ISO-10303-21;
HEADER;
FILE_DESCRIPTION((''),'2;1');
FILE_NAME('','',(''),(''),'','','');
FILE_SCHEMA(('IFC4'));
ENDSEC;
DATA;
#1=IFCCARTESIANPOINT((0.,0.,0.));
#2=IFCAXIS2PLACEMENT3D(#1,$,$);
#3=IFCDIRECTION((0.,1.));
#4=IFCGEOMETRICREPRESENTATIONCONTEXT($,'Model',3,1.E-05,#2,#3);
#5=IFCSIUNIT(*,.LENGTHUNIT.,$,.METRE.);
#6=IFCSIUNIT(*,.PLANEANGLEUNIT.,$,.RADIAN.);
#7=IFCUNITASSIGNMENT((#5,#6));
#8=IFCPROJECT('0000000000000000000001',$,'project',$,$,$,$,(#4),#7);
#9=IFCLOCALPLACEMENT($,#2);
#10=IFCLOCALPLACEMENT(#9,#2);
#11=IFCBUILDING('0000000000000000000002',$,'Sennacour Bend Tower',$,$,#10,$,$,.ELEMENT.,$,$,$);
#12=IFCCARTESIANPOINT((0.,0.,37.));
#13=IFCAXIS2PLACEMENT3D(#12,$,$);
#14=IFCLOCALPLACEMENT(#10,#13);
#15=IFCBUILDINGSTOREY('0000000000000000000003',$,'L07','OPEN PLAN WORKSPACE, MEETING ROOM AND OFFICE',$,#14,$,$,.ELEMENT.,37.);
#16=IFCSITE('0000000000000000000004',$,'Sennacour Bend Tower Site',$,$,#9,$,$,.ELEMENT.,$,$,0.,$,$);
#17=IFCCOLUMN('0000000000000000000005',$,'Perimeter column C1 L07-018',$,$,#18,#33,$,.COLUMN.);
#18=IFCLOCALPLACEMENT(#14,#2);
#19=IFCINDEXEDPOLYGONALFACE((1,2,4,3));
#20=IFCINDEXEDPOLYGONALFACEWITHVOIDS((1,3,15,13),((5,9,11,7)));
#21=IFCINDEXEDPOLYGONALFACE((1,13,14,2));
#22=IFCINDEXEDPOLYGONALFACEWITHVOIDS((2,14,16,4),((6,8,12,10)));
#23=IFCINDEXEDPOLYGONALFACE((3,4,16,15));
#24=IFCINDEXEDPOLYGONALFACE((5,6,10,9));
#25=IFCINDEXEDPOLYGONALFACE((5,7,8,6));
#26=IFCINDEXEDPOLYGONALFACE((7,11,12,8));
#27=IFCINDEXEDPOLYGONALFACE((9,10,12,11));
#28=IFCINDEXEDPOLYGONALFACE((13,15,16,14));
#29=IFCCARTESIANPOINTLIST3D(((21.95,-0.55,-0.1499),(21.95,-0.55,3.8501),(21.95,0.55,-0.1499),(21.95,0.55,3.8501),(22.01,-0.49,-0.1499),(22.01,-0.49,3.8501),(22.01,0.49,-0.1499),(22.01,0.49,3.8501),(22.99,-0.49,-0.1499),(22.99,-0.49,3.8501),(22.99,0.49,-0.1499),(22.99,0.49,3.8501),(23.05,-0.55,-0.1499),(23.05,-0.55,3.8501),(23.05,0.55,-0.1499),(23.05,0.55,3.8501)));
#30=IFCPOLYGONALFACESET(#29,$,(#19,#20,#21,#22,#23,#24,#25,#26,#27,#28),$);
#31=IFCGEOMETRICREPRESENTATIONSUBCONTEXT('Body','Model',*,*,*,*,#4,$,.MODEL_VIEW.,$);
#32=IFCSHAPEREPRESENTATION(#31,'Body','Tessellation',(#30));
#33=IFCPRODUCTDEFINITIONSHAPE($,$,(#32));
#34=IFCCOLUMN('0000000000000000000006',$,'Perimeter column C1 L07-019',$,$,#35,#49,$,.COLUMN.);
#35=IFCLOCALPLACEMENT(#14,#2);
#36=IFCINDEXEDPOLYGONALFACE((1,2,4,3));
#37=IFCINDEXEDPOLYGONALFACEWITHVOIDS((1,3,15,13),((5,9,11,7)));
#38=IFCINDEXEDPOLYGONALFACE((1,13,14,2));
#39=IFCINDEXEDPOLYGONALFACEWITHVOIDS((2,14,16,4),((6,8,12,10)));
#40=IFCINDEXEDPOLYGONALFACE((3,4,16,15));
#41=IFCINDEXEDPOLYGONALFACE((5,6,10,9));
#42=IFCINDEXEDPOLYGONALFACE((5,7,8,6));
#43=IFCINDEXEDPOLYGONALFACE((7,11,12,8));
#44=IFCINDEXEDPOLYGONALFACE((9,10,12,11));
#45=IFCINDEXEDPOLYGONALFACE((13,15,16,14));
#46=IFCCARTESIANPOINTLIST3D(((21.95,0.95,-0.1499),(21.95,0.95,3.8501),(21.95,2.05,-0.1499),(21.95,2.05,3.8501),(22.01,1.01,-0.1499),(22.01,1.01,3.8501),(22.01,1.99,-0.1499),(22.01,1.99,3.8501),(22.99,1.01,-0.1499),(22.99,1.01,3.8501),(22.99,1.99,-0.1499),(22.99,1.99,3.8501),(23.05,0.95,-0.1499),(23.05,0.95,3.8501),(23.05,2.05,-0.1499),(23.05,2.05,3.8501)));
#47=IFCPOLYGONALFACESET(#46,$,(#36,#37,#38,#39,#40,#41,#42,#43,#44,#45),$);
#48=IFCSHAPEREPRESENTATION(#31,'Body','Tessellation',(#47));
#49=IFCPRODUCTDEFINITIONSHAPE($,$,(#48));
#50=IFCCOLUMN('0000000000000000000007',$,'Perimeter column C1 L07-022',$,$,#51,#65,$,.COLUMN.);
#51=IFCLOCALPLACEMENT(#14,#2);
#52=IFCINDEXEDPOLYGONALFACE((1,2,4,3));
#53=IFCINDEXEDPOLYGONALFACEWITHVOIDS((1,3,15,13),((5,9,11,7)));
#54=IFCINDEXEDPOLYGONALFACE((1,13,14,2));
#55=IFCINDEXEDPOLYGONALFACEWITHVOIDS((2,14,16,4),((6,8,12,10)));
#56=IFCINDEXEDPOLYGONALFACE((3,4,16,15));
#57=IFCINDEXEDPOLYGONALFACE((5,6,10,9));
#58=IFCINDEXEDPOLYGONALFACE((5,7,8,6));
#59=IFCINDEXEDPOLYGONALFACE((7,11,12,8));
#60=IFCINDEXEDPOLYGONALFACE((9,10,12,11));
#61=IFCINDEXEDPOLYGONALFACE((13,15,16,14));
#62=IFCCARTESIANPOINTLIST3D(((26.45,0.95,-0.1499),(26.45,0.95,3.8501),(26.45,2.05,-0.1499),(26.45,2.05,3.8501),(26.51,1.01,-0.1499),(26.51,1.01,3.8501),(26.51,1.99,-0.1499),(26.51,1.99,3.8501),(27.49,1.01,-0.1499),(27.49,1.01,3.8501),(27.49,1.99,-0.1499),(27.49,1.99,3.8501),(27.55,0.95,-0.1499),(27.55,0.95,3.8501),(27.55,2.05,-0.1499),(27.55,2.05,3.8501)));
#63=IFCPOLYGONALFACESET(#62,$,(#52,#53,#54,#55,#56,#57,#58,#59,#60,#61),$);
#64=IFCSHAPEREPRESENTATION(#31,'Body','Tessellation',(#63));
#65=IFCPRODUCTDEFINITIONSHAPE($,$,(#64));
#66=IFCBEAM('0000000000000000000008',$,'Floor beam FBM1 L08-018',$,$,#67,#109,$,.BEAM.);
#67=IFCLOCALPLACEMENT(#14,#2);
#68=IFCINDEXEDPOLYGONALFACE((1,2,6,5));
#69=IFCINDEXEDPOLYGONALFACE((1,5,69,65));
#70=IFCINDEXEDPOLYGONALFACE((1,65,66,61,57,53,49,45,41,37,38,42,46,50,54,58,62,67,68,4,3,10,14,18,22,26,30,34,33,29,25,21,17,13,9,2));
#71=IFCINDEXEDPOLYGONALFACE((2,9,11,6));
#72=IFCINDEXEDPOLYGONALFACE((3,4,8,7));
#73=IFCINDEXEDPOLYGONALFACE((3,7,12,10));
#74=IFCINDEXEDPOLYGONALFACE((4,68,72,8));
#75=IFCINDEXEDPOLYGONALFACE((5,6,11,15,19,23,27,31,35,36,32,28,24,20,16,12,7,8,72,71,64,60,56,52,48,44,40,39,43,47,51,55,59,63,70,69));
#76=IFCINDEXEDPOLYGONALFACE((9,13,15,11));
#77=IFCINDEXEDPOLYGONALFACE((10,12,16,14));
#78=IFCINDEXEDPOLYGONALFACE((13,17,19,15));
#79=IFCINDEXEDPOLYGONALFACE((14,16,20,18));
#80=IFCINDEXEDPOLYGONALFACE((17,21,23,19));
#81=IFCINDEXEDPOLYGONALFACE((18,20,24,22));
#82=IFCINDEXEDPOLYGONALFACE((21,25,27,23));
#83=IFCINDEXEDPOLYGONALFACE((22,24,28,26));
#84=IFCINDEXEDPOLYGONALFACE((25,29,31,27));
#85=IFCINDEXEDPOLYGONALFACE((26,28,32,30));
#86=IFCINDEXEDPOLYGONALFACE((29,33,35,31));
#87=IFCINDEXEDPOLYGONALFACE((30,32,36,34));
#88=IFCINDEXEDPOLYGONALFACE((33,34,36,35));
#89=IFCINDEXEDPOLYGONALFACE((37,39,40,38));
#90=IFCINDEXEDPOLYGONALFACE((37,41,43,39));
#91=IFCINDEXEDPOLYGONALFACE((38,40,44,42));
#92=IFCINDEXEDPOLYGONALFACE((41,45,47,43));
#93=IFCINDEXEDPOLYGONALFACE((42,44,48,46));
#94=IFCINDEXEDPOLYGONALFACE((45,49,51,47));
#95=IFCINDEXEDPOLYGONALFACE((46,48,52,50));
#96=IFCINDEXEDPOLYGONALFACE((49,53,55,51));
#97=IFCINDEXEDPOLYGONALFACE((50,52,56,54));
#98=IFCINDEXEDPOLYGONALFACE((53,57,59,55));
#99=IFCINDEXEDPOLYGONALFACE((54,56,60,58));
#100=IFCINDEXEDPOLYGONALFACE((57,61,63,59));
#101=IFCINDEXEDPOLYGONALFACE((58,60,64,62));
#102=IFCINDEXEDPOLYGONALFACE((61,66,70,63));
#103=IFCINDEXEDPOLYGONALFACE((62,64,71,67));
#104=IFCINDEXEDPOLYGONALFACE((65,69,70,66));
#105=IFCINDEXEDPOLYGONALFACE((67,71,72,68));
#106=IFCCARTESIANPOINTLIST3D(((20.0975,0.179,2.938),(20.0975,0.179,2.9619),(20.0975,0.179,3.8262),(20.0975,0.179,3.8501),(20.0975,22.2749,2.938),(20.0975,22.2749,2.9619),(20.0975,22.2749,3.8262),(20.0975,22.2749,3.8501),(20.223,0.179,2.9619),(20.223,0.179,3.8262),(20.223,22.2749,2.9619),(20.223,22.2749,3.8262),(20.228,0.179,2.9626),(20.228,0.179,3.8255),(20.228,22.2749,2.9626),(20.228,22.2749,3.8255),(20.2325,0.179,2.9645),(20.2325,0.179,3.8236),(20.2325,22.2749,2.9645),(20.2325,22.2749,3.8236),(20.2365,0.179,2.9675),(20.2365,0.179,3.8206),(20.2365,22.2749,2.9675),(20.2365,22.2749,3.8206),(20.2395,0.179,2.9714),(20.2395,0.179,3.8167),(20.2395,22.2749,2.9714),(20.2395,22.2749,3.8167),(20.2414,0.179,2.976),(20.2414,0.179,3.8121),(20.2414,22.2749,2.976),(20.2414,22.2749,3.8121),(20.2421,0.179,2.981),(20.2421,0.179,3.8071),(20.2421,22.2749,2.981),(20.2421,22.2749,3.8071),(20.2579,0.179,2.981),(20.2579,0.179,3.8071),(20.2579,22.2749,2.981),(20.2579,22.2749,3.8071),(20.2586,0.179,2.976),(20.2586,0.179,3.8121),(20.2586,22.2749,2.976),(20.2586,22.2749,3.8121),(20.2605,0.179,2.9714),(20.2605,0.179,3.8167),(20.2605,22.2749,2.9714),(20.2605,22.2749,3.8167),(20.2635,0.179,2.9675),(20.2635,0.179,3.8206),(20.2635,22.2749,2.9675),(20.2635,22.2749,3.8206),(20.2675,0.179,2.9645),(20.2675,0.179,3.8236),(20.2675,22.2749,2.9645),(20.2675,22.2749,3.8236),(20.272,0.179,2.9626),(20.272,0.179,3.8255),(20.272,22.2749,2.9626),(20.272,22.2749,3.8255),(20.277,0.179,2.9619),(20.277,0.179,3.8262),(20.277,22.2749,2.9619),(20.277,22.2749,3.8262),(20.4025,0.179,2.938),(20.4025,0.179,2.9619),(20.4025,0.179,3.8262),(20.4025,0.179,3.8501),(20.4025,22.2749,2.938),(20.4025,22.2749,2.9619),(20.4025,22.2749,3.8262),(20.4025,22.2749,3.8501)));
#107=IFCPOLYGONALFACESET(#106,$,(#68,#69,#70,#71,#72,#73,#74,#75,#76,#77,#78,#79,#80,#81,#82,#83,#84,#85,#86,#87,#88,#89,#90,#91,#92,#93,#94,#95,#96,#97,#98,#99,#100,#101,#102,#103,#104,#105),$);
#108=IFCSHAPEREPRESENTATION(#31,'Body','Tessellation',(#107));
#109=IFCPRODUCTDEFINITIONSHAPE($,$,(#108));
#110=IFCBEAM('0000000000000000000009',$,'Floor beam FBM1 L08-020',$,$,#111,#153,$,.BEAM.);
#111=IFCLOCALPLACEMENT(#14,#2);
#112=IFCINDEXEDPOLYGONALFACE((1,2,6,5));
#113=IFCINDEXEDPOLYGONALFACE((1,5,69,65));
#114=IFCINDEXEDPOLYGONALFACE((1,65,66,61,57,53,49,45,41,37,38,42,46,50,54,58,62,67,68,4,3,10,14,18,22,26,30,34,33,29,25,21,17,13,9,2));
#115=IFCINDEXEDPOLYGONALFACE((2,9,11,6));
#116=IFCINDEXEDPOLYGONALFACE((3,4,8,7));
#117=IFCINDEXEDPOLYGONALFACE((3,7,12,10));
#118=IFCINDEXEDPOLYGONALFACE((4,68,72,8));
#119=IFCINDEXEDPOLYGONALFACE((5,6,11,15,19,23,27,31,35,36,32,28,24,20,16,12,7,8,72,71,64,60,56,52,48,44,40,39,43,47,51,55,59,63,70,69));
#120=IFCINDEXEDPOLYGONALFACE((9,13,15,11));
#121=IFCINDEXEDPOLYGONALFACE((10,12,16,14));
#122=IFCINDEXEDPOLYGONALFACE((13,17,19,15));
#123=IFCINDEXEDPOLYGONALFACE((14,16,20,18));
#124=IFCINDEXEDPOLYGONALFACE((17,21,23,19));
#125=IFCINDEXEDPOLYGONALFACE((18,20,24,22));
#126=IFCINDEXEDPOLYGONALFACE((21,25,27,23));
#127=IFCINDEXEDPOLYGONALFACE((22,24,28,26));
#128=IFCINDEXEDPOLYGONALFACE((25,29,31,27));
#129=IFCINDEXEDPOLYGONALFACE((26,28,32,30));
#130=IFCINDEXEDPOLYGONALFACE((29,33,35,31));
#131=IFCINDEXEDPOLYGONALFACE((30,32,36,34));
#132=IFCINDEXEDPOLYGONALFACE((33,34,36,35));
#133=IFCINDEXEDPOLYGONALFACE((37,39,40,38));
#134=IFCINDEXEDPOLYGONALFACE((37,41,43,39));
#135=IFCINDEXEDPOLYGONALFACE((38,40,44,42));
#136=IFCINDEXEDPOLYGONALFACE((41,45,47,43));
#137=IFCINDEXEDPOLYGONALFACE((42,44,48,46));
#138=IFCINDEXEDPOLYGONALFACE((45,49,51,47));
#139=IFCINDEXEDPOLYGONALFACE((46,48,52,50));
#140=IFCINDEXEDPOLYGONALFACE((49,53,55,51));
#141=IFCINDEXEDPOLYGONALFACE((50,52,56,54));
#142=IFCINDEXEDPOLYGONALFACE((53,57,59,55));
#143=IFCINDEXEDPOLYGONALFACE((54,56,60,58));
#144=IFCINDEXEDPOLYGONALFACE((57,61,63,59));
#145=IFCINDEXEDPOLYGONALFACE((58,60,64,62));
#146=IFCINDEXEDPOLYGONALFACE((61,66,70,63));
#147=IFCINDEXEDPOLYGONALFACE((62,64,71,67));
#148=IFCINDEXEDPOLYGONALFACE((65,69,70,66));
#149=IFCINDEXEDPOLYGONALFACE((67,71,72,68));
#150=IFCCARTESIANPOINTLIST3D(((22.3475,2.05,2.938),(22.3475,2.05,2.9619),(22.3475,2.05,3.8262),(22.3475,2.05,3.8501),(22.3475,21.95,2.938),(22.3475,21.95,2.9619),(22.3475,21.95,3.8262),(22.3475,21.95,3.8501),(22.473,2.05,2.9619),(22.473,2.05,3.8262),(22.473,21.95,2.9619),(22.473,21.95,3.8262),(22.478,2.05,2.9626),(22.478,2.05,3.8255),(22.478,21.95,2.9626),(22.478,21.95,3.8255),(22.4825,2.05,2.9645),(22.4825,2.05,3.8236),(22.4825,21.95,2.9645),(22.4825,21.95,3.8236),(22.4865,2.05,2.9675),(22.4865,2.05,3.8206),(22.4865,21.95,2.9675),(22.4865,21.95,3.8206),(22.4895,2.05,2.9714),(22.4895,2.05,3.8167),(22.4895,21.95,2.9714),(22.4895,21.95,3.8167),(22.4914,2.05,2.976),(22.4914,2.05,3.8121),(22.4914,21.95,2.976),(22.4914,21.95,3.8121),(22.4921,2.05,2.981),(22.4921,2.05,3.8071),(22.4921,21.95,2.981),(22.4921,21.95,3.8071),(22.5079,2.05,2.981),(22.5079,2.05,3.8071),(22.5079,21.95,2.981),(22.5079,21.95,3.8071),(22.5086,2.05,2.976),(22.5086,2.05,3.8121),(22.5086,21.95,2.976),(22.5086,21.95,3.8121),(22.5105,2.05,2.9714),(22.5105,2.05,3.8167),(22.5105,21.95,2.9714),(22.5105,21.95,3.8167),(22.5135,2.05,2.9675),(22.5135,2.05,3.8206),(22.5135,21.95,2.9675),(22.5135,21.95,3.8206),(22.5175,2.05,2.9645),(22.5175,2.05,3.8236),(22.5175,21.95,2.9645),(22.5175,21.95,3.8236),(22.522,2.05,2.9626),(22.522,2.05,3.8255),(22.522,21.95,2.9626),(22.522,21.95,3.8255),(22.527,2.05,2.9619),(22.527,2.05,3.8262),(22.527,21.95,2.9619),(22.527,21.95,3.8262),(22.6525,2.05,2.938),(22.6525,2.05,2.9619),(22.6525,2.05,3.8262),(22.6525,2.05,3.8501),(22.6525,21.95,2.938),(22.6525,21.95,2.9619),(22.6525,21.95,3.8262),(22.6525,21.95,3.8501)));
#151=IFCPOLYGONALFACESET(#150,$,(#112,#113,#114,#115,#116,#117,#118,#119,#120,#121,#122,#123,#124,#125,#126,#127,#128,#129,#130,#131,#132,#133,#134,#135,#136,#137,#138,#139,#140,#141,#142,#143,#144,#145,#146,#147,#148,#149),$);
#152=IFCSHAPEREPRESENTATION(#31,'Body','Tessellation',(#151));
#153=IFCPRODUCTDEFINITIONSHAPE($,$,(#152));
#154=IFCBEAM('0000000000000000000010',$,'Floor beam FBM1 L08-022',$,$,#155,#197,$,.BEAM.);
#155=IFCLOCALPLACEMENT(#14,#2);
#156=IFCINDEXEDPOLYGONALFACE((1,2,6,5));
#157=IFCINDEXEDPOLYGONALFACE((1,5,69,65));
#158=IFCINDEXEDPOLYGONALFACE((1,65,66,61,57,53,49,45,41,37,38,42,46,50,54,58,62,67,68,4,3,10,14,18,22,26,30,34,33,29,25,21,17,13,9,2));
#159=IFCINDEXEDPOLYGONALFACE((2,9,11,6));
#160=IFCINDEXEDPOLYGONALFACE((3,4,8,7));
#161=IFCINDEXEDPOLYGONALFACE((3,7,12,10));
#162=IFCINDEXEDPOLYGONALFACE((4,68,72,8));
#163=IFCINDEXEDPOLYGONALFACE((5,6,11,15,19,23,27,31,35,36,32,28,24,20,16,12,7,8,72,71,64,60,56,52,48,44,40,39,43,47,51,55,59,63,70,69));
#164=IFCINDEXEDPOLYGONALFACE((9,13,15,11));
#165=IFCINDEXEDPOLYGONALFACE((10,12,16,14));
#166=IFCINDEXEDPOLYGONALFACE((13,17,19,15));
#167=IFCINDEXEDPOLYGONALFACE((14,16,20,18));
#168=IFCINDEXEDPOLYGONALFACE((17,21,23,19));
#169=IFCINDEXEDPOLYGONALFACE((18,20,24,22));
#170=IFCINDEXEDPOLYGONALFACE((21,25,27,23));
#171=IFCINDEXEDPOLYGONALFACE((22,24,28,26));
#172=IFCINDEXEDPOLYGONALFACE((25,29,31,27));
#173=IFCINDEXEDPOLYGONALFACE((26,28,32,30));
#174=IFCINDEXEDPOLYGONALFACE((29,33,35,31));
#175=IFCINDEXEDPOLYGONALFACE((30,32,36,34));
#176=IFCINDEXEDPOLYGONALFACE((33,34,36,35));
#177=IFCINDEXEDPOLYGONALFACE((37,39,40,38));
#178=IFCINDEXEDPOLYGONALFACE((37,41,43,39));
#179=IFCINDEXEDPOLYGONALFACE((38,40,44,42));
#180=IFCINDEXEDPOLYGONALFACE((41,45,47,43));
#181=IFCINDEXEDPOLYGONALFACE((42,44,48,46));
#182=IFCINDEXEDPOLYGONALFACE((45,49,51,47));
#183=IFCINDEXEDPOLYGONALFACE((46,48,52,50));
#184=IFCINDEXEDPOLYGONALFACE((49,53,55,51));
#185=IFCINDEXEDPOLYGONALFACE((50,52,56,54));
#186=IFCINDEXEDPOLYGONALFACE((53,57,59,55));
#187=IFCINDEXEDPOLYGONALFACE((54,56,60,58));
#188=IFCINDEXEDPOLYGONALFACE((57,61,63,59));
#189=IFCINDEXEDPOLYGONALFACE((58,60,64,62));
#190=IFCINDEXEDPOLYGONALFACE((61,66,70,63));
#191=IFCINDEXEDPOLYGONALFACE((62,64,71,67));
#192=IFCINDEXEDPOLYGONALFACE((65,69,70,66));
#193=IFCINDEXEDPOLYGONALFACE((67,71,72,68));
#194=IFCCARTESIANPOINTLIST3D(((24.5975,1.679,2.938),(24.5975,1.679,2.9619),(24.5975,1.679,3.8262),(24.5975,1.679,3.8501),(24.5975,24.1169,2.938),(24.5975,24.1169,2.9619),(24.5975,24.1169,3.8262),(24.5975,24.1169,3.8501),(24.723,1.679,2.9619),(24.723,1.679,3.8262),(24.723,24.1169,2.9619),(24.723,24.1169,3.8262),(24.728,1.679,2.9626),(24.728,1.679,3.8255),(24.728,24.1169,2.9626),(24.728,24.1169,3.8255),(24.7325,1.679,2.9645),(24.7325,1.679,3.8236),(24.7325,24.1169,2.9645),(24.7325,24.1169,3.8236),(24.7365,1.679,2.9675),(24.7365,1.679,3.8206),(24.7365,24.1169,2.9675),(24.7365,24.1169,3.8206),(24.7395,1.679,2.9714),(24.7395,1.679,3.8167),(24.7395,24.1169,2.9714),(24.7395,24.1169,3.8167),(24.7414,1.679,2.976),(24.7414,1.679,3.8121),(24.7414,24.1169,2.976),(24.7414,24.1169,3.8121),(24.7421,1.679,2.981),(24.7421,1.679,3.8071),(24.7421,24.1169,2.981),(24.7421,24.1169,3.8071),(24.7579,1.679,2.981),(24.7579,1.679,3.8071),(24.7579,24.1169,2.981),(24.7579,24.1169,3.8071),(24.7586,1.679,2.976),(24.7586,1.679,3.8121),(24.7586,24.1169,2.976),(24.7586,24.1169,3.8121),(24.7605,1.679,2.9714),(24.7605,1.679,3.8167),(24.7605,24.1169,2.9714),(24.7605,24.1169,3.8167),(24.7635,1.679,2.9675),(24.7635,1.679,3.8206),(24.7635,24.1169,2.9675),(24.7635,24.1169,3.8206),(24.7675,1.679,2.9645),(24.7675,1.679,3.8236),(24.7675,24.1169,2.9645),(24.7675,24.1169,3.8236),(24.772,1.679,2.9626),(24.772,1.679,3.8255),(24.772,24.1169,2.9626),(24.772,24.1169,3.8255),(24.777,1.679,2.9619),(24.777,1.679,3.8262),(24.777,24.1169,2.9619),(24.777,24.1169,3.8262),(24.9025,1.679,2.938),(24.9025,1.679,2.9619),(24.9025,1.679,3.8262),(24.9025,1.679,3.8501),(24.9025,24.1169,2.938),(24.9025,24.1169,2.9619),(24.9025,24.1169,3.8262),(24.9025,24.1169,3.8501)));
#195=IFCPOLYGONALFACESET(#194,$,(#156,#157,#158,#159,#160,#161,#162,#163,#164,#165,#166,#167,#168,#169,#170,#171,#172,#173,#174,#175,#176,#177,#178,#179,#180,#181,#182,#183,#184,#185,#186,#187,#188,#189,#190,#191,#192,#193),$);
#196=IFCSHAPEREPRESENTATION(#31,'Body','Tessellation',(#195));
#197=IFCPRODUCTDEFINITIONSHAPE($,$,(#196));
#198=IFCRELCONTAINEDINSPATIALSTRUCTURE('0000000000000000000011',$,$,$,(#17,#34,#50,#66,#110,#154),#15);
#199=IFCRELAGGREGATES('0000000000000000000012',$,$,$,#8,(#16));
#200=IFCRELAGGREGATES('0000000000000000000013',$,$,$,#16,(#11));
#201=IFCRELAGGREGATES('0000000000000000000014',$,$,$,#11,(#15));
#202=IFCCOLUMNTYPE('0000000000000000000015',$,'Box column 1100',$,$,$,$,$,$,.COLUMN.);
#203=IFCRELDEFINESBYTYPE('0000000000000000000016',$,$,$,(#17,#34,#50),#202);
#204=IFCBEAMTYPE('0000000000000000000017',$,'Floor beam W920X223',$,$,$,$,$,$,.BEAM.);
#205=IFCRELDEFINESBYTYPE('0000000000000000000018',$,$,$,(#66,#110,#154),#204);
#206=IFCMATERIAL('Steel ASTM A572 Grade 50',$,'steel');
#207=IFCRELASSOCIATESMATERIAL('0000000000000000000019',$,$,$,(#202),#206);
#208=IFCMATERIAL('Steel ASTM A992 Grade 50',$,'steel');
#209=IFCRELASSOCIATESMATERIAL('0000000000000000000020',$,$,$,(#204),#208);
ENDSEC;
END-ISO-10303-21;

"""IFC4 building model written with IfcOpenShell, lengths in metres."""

from ifc_helpers import new_model, si_unit, direction, frame, origin, origin_2d, place, context, subcontext, project, spatial, hollow_rectangle, i_section, extrude, material, material_profile, profile_set, type_object, element, save


model = new_model("IFC4")

# Units and contexts
model_context = context("Model", 3, precision=1e-05, world=origin(), true_north=direction((0.0, 1.0)))
body_context = subcontext(model_context, "Body", "Model", "MODEL_VIEW")
ifc_project = project(units=[si_unit("LENGTHUNIT", "METRE"), si_unit("PLANEANGLEUNIT", "RADIAN")], contexts=[model_context])

# Site, building, storey
site_placement = place(None, origin())
site = spatial("IfcSite", under=ifc_project, at=site_placement, Name="Sennacour Bend Tower Site", CompositionType="ELEMENT", RefElevation=0.0)
building_placement = place(site_placement, origin())
building = spatial("IfcBuilding", under=site, at=building_placement, Name="Sennacour Bend Tower", CompositionType="ELEMENT")
storey_placement = place(building_placement, frame((0.0, 0.0, 37.0)))
storey = spatial("IfcBuildingStorey", under=building, at=storey_placement, Name="L07", Description="OPEN PLAN WORKSPACE, MEETING ROOM AND OFFICE", CompositionType="ELEMENT", Elevation=37.0)

# Columns
ifc_material_1 = material(Name="Steel ASTM A572 Grade 50", Category="steel")
ifc_material_profile_1 = material_profile(ifc_material_1, hollow_rectangle(XDim=1.1001, YDim=1.1001, WallThickness=0.0601, at=origin_2d()), Name="Steel ASTM A572 Grade 50", Category="steel")
ifc_profile_set_1 = profile_set([ifc_material_profile_1], Name="Steel ASTM A572 Grade 50")
column_type = type_object("IfcColumnType", Name="Box column 1100", PredefinedType="COLUMN", material=ifc_profile_set_1)
for number, where, z_axis, x_axis, name in (
    (1, (22.5, 0.0, -0.1499), (0.0, 0.0, 1.0), (1.0, 0.0, 0.0), "Perimeter column C1 L07-018"),
    (2, (22.5, 1.5, -0.1499), (0.0, 0.0, 1.0), (1.0, 0.0, 0.0), "Perimeter column C1 L07-019"),
    (3, (27.0, 1.5, -0.1499), (0.0, 0.0, 1.0), (1.0, 0.0, 0.0), "Perimeter column C1 L07-022"),
):
    element("IfcColumn", number, at=place(storey_placement, frame(where, z_axis=z_axis, x_axis=x_axis)), inside=storey, type_object=column_type, Name=name, PredefinedType="COLUMN", context=body_context, shape_type="SweptSolid", body=[
        extrude(hollow_rectangle(XDim=1.1001, YDim=1.1001, WallThickness=0.0601, at=origin_2d()), origin(), (0.0, 0.0, 1.0), 4.0),
    ])

# Beams
ifc_material_2 = material(Name="Steel ASTM A992 Grade 50", Category="steel")
ifc_material_profile_2 = material_profile(ifc_material_2, i_section(OverallWidth=0.3049, OverallDepth=0.9121, WebThickness=0.0159, FlangeThickness=0.0239, FilletRadius=0.019, at=origin_2d()), Name="Steel ASTM A992 Grade 50", Category="steel")
ifc_profile_set_2 = profile_set([ifc_material_profile_2], Name="Steel ASTM A992 Grade 50")
beam_type_1 = type_object("IfcBeamType", Name="Floor beam W920X223", PredefinedType="BEAM", material=ifc_profile_set_2)
beam_1_placement = place(storey_placement, frame((20.25, 0.179, 3.394), z_axis=(0.0, 1.0, 0.0), x_axis=(-1.0, 0.0, 0.0)))
element("IfcBeam", 4, at=beam_1_placement, inside=storey, type_object=beam_type_1, Name="Floor beam FBM1 L08-018", PredefinedType="BEAM", context=body_context, shape_type="SweptSolid", body=[
    extrude(i_section(OverallWidth=0.3049, OverallDepth=0.9121, WebThickness=0.0159, FlangeThickness=0.0239, FilletRadius=0.019, at=origin_2d()), origin(), (0.0, 0.0, 1.0), 22.0959),
])
beam_2_placement = place(storey_placement, frame((22.5, 2.05, 3.394), z_axis=(0.0, 1.0, 0.0), x_axis=(-1.0, 0.0, 0.0)))
element("IfcBeam", 5, at=beam_2_placement, inside=storey, type_object=beam_type_1, Name="Floor beam FBM1 L08-020", PredefinedType="BEAM", context=body_context, shape_type="SweptSolid", body=[
    extrude(i_section(OverallWidth=0.3049, OverallDepth=0.9121, WebThickness=0.0159, FlangeThickness=0.0239, FilletRadius=0.019, at=origin_2d()), origin(), (0.0, 0.0, 1.0), 19.8999),
])
beam_3_placement = place(storey_placement, frame((24.75, 1.679, 3.394), z_axis=(0.0, 1.0, 0.0), x_axis=(-1.0, 0.0, 0.0)))
element("IfcBeam", 6, at=beam_3_placement, inside=storey, type_object=beam_type_1, Name="Floor beam FBM1 L08-022", PredefinedType="BEAM", context=body_context, shape_type="SweptSolid", body=[
    extrude(i_section(OverallWidth=0.3049, OverallDepth=0.9121, WebThickness=0.0159, FlangeThickness=0.0239, FilletRadius=0.019, at=origin_2d()), origin(), (0.0, 0.0, 1.0), 22.438),
])

save(model, "model.ifc")
